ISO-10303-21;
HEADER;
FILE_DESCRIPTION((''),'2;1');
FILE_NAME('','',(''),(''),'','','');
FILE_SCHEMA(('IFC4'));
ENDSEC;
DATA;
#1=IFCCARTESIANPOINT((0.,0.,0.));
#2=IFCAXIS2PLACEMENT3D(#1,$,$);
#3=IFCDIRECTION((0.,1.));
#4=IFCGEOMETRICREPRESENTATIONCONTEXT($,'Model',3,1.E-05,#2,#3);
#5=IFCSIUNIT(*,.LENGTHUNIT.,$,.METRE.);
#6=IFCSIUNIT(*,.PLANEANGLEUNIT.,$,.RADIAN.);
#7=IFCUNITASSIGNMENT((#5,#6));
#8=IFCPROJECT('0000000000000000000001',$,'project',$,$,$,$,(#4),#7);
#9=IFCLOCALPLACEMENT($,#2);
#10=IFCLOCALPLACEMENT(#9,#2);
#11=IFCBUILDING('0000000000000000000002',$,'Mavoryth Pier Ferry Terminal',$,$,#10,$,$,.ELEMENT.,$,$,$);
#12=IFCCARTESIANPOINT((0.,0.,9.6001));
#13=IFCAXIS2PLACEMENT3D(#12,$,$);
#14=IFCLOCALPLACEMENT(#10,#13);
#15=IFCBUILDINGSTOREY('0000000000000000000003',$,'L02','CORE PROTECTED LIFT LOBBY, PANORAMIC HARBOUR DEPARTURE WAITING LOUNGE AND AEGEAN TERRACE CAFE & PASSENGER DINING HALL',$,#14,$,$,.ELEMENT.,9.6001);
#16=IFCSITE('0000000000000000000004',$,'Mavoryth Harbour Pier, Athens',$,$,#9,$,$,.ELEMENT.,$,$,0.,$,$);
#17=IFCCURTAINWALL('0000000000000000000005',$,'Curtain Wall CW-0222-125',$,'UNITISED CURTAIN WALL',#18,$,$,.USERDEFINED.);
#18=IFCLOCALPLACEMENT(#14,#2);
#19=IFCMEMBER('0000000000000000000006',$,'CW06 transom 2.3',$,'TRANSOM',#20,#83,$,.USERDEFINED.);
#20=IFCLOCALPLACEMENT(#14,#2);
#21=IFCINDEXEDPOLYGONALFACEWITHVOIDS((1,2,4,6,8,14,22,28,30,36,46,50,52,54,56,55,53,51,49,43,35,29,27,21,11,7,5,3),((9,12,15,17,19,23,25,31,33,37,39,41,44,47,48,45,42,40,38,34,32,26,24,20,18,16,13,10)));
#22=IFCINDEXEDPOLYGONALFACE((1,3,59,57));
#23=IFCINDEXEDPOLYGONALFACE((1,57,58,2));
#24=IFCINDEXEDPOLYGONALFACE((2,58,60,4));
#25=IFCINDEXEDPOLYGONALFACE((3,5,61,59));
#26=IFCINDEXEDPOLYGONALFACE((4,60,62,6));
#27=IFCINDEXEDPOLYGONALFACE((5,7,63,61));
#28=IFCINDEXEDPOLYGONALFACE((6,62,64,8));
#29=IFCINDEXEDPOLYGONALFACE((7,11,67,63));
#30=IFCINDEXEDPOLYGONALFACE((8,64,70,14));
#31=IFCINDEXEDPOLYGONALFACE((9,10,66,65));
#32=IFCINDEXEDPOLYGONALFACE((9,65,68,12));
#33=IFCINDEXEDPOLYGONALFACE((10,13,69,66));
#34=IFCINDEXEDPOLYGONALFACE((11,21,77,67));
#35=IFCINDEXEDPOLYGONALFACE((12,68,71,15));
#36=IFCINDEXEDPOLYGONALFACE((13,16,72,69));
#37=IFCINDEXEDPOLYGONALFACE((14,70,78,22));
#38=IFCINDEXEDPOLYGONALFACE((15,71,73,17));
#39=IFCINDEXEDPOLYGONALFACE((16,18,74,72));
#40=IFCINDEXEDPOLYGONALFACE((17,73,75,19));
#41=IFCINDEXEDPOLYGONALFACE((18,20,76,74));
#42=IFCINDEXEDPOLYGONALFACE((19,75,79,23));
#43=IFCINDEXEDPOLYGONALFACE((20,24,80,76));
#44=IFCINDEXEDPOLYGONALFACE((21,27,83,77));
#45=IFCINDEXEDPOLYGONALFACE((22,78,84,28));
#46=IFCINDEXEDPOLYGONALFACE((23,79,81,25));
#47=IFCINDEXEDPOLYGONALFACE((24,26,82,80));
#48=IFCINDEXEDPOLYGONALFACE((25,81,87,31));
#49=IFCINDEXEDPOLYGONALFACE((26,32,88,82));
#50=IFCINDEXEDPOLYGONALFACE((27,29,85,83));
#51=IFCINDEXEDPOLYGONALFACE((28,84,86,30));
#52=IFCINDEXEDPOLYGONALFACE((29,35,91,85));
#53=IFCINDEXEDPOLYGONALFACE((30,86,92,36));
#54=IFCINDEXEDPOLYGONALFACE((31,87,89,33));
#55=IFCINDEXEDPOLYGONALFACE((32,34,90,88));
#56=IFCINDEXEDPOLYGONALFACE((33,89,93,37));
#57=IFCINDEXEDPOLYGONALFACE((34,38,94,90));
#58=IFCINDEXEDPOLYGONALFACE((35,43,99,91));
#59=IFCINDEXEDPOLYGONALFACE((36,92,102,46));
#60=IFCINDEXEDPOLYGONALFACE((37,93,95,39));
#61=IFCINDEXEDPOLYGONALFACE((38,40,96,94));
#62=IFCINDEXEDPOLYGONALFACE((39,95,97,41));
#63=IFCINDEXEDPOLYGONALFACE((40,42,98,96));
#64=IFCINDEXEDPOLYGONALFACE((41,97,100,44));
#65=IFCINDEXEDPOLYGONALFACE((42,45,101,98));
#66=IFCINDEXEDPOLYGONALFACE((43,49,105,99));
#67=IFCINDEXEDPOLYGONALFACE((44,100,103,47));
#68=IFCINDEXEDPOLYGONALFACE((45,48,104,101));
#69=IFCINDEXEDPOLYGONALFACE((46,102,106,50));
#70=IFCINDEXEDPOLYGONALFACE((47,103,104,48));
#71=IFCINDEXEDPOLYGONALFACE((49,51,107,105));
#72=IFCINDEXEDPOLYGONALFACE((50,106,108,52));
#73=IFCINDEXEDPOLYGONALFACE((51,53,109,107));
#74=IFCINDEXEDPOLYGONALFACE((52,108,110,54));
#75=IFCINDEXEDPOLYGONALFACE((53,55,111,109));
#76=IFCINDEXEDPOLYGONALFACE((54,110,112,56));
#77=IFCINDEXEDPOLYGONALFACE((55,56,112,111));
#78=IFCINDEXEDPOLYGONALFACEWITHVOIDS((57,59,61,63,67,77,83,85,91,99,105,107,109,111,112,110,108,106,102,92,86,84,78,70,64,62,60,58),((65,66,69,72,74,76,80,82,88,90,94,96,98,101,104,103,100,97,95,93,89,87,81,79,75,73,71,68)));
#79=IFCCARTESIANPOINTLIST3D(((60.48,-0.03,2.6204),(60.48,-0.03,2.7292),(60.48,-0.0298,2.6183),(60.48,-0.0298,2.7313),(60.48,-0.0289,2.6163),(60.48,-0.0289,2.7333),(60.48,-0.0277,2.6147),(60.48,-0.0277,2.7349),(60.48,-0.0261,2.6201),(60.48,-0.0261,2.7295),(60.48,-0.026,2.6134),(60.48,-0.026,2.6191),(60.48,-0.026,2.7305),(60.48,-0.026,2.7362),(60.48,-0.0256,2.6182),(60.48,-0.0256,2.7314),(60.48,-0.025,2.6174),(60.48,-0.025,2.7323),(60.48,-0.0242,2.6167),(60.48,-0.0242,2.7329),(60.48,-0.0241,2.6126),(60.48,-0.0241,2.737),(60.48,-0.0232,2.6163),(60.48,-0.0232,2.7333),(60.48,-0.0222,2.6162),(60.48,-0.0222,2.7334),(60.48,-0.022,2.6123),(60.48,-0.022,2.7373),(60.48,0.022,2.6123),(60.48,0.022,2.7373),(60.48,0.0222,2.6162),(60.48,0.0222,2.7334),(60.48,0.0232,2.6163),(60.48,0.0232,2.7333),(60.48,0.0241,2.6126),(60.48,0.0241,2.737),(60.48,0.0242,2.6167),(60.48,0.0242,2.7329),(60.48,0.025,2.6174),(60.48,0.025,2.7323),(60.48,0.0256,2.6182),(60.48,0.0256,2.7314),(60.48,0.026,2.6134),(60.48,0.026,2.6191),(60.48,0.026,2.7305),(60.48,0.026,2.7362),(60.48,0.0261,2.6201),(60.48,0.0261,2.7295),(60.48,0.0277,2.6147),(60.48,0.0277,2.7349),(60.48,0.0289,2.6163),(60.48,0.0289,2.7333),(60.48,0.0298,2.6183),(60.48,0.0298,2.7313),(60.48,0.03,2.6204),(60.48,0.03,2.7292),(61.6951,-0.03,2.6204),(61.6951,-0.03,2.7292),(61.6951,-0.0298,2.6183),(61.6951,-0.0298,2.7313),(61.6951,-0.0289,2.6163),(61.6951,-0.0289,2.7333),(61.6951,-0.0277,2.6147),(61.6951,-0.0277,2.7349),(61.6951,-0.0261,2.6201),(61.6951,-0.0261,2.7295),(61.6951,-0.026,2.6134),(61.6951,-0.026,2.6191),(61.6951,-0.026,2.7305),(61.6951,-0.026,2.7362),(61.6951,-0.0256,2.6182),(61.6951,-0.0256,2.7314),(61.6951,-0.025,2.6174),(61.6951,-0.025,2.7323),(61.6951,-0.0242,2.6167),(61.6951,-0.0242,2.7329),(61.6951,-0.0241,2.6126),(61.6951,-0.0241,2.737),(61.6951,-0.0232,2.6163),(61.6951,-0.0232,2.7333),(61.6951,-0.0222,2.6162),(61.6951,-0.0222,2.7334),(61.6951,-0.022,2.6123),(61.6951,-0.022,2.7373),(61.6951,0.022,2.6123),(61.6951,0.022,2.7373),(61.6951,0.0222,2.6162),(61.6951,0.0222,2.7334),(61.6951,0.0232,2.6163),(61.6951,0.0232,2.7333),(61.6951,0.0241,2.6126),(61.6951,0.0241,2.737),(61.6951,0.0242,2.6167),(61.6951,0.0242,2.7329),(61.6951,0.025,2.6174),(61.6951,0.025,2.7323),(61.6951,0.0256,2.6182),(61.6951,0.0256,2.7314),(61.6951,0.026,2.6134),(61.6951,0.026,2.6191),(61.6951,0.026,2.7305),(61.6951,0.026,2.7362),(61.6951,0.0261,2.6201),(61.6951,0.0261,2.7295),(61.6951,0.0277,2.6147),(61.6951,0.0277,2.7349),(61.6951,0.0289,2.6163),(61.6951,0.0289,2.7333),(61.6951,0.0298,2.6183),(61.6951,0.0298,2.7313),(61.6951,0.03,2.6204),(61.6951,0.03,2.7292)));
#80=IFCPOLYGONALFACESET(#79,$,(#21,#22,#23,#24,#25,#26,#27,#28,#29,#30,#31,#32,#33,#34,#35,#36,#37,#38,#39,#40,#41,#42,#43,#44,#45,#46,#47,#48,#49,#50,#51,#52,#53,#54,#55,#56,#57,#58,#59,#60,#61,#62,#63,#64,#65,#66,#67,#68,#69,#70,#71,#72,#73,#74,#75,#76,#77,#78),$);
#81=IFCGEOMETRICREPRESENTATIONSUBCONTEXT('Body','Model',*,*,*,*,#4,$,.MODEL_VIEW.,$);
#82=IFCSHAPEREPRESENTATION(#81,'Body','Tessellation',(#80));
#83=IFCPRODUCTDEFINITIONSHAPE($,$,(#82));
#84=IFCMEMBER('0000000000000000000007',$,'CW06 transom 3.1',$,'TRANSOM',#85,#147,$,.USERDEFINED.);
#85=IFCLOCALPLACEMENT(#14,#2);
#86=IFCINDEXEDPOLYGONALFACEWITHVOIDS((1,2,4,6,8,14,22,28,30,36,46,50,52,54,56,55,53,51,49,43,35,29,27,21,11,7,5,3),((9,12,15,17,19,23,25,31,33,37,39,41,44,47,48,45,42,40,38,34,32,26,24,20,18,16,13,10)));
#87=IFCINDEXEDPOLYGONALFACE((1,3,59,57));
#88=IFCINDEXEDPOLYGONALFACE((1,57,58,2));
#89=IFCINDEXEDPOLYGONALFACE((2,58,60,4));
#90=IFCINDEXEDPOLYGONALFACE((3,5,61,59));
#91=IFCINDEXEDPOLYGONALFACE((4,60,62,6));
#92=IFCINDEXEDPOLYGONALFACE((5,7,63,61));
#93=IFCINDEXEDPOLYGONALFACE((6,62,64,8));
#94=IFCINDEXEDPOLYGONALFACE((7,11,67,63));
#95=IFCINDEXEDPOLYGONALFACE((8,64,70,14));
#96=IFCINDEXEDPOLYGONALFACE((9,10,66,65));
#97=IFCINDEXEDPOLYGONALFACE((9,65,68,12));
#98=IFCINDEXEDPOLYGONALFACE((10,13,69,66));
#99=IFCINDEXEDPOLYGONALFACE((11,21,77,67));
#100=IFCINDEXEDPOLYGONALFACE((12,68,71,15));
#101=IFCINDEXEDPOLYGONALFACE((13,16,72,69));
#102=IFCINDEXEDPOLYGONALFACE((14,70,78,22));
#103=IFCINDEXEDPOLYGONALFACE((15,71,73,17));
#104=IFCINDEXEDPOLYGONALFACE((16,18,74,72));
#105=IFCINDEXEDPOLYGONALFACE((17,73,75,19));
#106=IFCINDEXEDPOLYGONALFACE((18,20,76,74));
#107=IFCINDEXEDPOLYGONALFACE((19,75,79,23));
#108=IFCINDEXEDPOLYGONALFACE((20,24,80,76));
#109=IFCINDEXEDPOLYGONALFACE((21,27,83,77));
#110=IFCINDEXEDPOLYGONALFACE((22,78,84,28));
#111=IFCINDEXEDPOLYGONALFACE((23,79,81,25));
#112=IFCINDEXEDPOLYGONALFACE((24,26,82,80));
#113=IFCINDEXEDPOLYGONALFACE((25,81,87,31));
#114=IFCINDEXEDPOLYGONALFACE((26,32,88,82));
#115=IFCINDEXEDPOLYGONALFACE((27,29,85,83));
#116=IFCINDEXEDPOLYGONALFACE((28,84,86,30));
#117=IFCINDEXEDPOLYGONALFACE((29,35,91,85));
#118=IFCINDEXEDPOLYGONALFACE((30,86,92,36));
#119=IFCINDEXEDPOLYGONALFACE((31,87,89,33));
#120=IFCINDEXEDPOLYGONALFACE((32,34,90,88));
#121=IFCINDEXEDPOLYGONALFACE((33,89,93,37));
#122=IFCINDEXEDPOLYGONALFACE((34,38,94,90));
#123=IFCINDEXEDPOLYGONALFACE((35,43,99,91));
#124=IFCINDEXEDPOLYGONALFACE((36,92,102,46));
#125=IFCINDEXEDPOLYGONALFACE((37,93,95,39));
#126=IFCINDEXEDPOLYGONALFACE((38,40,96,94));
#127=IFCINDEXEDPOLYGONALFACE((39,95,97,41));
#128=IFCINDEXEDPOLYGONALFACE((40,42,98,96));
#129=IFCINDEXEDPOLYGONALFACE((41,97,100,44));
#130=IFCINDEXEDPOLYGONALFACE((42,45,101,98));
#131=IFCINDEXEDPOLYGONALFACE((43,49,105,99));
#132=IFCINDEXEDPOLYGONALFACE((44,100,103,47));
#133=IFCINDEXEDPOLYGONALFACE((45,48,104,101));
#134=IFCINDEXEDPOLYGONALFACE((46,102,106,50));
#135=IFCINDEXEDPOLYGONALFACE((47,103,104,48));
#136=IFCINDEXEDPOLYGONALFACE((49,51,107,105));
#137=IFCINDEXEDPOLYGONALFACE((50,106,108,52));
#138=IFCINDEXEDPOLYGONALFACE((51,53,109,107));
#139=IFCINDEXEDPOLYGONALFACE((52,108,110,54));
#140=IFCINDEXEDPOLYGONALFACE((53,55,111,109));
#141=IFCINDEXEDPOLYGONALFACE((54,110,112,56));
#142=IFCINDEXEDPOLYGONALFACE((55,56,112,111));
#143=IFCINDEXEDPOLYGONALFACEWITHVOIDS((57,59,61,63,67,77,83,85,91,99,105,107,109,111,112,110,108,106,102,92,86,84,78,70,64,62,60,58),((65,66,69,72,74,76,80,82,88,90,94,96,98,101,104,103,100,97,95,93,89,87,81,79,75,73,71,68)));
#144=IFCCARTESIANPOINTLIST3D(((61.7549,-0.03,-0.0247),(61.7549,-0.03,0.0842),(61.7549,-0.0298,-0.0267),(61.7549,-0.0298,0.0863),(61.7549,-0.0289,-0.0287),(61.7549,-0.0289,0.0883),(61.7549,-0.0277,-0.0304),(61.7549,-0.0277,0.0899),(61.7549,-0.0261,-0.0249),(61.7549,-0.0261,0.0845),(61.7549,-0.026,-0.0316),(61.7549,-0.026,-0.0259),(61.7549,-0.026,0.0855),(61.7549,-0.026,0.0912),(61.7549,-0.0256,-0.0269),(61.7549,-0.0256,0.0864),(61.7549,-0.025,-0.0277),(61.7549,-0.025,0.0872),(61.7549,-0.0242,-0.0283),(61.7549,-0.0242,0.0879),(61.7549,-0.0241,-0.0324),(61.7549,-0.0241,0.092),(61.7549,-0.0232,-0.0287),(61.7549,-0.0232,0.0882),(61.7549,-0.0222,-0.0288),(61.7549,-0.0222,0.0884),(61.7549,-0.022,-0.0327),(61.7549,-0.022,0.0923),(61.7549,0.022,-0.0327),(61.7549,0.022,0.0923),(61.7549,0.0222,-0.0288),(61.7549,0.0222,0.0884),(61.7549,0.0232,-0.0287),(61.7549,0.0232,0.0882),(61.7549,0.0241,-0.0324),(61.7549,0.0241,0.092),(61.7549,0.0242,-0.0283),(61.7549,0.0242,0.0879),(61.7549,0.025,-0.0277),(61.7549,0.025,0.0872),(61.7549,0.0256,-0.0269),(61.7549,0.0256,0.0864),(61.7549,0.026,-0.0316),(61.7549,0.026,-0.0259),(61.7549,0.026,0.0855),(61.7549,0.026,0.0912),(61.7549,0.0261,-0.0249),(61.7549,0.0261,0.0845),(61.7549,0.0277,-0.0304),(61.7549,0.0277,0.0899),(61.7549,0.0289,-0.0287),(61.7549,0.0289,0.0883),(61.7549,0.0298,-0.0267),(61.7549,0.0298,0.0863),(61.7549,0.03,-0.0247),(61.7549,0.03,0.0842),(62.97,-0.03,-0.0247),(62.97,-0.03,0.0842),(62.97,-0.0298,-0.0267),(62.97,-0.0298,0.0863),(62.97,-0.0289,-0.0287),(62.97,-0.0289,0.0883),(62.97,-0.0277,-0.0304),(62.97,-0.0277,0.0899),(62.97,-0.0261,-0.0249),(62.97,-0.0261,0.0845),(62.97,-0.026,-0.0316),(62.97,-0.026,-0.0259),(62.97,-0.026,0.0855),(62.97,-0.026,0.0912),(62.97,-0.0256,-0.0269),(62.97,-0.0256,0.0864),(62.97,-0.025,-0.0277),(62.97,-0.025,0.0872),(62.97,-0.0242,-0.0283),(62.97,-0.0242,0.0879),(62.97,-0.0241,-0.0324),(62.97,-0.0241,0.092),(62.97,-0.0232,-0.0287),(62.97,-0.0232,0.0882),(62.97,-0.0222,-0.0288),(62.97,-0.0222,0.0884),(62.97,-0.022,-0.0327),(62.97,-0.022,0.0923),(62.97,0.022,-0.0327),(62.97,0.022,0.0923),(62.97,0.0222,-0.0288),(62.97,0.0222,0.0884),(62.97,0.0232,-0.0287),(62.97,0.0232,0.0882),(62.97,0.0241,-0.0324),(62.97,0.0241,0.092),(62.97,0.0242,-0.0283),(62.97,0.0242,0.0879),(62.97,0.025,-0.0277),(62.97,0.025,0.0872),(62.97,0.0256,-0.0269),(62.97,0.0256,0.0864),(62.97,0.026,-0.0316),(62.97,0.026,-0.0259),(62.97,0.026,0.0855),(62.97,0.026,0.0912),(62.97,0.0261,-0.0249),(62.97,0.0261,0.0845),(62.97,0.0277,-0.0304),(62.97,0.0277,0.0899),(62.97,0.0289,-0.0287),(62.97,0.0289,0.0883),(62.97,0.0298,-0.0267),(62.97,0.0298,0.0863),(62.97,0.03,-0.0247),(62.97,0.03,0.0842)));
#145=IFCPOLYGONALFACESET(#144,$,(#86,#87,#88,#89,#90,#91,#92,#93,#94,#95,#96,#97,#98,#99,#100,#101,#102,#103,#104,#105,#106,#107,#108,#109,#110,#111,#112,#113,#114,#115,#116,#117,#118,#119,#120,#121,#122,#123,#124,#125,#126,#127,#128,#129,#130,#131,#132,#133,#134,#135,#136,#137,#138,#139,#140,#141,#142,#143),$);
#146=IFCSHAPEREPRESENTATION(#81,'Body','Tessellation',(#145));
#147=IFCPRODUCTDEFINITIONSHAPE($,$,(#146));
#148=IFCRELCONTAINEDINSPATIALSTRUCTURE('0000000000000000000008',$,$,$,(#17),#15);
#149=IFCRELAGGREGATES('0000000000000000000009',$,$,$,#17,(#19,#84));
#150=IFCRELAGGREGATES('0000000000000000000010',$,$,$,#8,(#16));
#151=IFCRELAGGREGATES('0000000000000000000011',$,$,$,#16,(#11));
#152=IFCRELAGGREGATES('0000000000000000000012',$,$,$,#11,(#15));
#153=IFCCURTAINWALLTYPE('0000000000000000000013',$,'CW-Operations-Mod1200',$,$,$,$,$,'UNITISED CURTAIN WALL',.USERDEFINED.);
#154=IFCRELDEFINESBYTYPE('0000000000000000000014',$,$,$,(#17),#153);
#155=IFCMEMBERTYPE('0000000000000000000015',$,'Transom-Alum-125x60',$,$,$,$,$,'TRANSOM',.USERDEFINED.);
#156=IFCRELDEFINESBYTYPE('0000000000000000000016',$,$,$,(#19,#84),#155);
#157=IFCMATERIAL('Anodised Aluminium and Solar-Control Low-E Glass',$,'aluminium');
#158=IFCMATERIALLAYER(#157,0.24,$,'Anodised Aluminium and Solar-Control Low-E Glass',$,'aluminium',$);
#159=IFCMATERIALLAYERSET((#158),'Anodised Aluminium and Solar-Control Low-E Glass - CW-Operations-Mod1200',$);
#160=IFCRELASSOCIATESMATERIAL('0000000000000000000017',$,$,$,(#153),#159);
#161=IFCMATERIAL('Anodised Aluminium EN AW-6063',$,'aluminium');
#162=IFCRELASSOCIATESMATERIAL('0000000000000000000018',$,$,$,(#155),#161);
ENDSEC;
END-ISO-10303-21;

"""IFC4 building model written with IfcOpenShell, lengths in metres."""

from ifc_helpers import new_model, si_unit, direction, frame, origin, origin_2d, place, context, subcontext, project, spatial, hollow_rectangle, extrude, material, layer, layer_set, material_profile, profile_set, type_object, element, aggregate, save


model = new_model("IFC4")

# Units and contexts
model_context = context("Model", 3, precision=1e-05, world=origin(), true_north=direction((0.0, 1.0)))
body_context = subcontext(model_context, "Body", "Model", "MODEL_VIEW")
ifc_project = project(units=[si_unit("LENGTHUNIT", "METRE"), si_unit("PLANEANGLEUNIT", "RADIAN")], contexts=[model_context])

# Site, building, storey
site_placement = place(None, origin())
site = spatial("IfcSite", under=ifc_project, at=site_placement, Name="Mavoryth Harbour Pier, Athens", CompositionType="ELEMENT", RefElevation=0.0)
building_placement = place(site_placement, origin())
building = spatial("IfcBuilding", under=site, at=building_placement, Name="Mavoryth Pier Ferry Terminal", CompositionType="ELEMENT")
storey_placement = place(building_placement, frame((0.0, 0.0, 9.6001)))
storey = spatial("IfcBuildingStorey", under=building, at=storey_placement, Name="L02", Description="CORE PROTECTED LIFT LOBBY, PANORAMIC HARBOUR DEPARTURE WAITING LOUNGE AND AEGEAN TERRACE CAFE & PASSENGER DINING HALL", CompositionType="ELEMENT", Elevation=9.6001)

# Shared definitions
ifc_material_1 = material(Name="Anodised Aluminium and Solar-Control Low-E Glass", Category="aluminium")
ifc_layer_1 = layer(ifc_material_1, 0.24, Name="Anodised Aluminium and Solar-Control Low-E Glass", Category="aluminium")
ifc_layer_set_1 = layer_set([ifc_layer_1], Name="Anodised Aluminium and Solar-Control Low-E Glass - CW-Operations-Mod1200")
curtain_wall_type = type_object("IfcCurtainWallType", Name="CW-Operations-Mod1200", ElementType="UNITISED CURTAIN WALL", PredefinedType="USERDEFINED", material=ifc_layer_set_1)
ifc_material_2 = material(Name="Anodised Aluminium EN AW-6063", Category="aluminium")

# Curtain wall
curtain_wall_1_placement = place(storey_placement, origin())
curtain_wall_1 = element("IfcCurtainWall", 1, at=curtain_wall_1_placement, inside=storey, type_object=curtain_wall_type, Name="Curtain Wall CW-0222-125", ObjectType="UNITISED CURTAIN WALL", PredefinedType="USERDEFINED")

# Members
ifc_material_profile_1 = material_profile(ifc_material_2, hollow_rectangle(XDim=0.0601, YDim=0.125, WallThickness=0.0039, InnerFilletRadius=0.0039, OuterFilletRadius=0.0081, at=origin_2d()), Name="AL-TRAN 125x60x4", Category="aluminium")
ifc_profile_set_1 = profile_set([ifc_material_profile_1], Name="Anodised Aluminium EN AW-6063 - AL-TRAN 125x60x4")
member_type_1 = type_object("IfcMemberType", Name="Transom-Alum-125x60", ElementType="TRANSOM", PredefinedType="USERDEFINED", material=ifc_profile_set_1)
member_1_placement = place(storey_placement, frame((60.48, 0.0, 2.6748), z_axis=(1.0, 0.0, 0.0), x_axis=(0.0, 1.0, 0.0)))
member_1 = element("IfcMember", 2, at=member_1_placement, type_object=member_type_1, Name="CW06 transom 2.3", ObjectType="TRANSOM", PredefinedType="USERDEFINED", context=body_context, shape_type="SweptSolid", body=[
    extrude(hollow_rectangle(XDim=0.0601, YDim=0.125, WallThickness=0.0039, InnerFilletRadius=0.0039, OuterFilletRadius=0.0081, at=origin_2d()), origin(), (0.0, 0.0, 1.0), 1.2151),
])
member_2_placement = place(storey_placement, frame((61.7549, 0.0, 0.0298), z_axis=(1.0, 0.0, 0.0), x_axis=(0.0, 1.0, 0.0)))
member_2 = element("IfcMember", 3, at=member_2_placement, type_object=member_type_1, Name="CW06 transom 3.1", ObjectType="TRANSOM", PredefinedType="USERDEFINED", context=body_context, shape_type="SweptSolid", body=[
    extrude(hollow_rectangle(XDim=0.0601, YDim=0.125, WallThickness=0.0039, InnerFilletRadius=0.0039, OuterFilletRadius=0.0081, at=origin_2d()), origin(), (0.0, 0.0, 1.0), 1.2151),
])

aggregate(curtain_wall_1, [member_1, member_2])

save(model, "model.ifc")
